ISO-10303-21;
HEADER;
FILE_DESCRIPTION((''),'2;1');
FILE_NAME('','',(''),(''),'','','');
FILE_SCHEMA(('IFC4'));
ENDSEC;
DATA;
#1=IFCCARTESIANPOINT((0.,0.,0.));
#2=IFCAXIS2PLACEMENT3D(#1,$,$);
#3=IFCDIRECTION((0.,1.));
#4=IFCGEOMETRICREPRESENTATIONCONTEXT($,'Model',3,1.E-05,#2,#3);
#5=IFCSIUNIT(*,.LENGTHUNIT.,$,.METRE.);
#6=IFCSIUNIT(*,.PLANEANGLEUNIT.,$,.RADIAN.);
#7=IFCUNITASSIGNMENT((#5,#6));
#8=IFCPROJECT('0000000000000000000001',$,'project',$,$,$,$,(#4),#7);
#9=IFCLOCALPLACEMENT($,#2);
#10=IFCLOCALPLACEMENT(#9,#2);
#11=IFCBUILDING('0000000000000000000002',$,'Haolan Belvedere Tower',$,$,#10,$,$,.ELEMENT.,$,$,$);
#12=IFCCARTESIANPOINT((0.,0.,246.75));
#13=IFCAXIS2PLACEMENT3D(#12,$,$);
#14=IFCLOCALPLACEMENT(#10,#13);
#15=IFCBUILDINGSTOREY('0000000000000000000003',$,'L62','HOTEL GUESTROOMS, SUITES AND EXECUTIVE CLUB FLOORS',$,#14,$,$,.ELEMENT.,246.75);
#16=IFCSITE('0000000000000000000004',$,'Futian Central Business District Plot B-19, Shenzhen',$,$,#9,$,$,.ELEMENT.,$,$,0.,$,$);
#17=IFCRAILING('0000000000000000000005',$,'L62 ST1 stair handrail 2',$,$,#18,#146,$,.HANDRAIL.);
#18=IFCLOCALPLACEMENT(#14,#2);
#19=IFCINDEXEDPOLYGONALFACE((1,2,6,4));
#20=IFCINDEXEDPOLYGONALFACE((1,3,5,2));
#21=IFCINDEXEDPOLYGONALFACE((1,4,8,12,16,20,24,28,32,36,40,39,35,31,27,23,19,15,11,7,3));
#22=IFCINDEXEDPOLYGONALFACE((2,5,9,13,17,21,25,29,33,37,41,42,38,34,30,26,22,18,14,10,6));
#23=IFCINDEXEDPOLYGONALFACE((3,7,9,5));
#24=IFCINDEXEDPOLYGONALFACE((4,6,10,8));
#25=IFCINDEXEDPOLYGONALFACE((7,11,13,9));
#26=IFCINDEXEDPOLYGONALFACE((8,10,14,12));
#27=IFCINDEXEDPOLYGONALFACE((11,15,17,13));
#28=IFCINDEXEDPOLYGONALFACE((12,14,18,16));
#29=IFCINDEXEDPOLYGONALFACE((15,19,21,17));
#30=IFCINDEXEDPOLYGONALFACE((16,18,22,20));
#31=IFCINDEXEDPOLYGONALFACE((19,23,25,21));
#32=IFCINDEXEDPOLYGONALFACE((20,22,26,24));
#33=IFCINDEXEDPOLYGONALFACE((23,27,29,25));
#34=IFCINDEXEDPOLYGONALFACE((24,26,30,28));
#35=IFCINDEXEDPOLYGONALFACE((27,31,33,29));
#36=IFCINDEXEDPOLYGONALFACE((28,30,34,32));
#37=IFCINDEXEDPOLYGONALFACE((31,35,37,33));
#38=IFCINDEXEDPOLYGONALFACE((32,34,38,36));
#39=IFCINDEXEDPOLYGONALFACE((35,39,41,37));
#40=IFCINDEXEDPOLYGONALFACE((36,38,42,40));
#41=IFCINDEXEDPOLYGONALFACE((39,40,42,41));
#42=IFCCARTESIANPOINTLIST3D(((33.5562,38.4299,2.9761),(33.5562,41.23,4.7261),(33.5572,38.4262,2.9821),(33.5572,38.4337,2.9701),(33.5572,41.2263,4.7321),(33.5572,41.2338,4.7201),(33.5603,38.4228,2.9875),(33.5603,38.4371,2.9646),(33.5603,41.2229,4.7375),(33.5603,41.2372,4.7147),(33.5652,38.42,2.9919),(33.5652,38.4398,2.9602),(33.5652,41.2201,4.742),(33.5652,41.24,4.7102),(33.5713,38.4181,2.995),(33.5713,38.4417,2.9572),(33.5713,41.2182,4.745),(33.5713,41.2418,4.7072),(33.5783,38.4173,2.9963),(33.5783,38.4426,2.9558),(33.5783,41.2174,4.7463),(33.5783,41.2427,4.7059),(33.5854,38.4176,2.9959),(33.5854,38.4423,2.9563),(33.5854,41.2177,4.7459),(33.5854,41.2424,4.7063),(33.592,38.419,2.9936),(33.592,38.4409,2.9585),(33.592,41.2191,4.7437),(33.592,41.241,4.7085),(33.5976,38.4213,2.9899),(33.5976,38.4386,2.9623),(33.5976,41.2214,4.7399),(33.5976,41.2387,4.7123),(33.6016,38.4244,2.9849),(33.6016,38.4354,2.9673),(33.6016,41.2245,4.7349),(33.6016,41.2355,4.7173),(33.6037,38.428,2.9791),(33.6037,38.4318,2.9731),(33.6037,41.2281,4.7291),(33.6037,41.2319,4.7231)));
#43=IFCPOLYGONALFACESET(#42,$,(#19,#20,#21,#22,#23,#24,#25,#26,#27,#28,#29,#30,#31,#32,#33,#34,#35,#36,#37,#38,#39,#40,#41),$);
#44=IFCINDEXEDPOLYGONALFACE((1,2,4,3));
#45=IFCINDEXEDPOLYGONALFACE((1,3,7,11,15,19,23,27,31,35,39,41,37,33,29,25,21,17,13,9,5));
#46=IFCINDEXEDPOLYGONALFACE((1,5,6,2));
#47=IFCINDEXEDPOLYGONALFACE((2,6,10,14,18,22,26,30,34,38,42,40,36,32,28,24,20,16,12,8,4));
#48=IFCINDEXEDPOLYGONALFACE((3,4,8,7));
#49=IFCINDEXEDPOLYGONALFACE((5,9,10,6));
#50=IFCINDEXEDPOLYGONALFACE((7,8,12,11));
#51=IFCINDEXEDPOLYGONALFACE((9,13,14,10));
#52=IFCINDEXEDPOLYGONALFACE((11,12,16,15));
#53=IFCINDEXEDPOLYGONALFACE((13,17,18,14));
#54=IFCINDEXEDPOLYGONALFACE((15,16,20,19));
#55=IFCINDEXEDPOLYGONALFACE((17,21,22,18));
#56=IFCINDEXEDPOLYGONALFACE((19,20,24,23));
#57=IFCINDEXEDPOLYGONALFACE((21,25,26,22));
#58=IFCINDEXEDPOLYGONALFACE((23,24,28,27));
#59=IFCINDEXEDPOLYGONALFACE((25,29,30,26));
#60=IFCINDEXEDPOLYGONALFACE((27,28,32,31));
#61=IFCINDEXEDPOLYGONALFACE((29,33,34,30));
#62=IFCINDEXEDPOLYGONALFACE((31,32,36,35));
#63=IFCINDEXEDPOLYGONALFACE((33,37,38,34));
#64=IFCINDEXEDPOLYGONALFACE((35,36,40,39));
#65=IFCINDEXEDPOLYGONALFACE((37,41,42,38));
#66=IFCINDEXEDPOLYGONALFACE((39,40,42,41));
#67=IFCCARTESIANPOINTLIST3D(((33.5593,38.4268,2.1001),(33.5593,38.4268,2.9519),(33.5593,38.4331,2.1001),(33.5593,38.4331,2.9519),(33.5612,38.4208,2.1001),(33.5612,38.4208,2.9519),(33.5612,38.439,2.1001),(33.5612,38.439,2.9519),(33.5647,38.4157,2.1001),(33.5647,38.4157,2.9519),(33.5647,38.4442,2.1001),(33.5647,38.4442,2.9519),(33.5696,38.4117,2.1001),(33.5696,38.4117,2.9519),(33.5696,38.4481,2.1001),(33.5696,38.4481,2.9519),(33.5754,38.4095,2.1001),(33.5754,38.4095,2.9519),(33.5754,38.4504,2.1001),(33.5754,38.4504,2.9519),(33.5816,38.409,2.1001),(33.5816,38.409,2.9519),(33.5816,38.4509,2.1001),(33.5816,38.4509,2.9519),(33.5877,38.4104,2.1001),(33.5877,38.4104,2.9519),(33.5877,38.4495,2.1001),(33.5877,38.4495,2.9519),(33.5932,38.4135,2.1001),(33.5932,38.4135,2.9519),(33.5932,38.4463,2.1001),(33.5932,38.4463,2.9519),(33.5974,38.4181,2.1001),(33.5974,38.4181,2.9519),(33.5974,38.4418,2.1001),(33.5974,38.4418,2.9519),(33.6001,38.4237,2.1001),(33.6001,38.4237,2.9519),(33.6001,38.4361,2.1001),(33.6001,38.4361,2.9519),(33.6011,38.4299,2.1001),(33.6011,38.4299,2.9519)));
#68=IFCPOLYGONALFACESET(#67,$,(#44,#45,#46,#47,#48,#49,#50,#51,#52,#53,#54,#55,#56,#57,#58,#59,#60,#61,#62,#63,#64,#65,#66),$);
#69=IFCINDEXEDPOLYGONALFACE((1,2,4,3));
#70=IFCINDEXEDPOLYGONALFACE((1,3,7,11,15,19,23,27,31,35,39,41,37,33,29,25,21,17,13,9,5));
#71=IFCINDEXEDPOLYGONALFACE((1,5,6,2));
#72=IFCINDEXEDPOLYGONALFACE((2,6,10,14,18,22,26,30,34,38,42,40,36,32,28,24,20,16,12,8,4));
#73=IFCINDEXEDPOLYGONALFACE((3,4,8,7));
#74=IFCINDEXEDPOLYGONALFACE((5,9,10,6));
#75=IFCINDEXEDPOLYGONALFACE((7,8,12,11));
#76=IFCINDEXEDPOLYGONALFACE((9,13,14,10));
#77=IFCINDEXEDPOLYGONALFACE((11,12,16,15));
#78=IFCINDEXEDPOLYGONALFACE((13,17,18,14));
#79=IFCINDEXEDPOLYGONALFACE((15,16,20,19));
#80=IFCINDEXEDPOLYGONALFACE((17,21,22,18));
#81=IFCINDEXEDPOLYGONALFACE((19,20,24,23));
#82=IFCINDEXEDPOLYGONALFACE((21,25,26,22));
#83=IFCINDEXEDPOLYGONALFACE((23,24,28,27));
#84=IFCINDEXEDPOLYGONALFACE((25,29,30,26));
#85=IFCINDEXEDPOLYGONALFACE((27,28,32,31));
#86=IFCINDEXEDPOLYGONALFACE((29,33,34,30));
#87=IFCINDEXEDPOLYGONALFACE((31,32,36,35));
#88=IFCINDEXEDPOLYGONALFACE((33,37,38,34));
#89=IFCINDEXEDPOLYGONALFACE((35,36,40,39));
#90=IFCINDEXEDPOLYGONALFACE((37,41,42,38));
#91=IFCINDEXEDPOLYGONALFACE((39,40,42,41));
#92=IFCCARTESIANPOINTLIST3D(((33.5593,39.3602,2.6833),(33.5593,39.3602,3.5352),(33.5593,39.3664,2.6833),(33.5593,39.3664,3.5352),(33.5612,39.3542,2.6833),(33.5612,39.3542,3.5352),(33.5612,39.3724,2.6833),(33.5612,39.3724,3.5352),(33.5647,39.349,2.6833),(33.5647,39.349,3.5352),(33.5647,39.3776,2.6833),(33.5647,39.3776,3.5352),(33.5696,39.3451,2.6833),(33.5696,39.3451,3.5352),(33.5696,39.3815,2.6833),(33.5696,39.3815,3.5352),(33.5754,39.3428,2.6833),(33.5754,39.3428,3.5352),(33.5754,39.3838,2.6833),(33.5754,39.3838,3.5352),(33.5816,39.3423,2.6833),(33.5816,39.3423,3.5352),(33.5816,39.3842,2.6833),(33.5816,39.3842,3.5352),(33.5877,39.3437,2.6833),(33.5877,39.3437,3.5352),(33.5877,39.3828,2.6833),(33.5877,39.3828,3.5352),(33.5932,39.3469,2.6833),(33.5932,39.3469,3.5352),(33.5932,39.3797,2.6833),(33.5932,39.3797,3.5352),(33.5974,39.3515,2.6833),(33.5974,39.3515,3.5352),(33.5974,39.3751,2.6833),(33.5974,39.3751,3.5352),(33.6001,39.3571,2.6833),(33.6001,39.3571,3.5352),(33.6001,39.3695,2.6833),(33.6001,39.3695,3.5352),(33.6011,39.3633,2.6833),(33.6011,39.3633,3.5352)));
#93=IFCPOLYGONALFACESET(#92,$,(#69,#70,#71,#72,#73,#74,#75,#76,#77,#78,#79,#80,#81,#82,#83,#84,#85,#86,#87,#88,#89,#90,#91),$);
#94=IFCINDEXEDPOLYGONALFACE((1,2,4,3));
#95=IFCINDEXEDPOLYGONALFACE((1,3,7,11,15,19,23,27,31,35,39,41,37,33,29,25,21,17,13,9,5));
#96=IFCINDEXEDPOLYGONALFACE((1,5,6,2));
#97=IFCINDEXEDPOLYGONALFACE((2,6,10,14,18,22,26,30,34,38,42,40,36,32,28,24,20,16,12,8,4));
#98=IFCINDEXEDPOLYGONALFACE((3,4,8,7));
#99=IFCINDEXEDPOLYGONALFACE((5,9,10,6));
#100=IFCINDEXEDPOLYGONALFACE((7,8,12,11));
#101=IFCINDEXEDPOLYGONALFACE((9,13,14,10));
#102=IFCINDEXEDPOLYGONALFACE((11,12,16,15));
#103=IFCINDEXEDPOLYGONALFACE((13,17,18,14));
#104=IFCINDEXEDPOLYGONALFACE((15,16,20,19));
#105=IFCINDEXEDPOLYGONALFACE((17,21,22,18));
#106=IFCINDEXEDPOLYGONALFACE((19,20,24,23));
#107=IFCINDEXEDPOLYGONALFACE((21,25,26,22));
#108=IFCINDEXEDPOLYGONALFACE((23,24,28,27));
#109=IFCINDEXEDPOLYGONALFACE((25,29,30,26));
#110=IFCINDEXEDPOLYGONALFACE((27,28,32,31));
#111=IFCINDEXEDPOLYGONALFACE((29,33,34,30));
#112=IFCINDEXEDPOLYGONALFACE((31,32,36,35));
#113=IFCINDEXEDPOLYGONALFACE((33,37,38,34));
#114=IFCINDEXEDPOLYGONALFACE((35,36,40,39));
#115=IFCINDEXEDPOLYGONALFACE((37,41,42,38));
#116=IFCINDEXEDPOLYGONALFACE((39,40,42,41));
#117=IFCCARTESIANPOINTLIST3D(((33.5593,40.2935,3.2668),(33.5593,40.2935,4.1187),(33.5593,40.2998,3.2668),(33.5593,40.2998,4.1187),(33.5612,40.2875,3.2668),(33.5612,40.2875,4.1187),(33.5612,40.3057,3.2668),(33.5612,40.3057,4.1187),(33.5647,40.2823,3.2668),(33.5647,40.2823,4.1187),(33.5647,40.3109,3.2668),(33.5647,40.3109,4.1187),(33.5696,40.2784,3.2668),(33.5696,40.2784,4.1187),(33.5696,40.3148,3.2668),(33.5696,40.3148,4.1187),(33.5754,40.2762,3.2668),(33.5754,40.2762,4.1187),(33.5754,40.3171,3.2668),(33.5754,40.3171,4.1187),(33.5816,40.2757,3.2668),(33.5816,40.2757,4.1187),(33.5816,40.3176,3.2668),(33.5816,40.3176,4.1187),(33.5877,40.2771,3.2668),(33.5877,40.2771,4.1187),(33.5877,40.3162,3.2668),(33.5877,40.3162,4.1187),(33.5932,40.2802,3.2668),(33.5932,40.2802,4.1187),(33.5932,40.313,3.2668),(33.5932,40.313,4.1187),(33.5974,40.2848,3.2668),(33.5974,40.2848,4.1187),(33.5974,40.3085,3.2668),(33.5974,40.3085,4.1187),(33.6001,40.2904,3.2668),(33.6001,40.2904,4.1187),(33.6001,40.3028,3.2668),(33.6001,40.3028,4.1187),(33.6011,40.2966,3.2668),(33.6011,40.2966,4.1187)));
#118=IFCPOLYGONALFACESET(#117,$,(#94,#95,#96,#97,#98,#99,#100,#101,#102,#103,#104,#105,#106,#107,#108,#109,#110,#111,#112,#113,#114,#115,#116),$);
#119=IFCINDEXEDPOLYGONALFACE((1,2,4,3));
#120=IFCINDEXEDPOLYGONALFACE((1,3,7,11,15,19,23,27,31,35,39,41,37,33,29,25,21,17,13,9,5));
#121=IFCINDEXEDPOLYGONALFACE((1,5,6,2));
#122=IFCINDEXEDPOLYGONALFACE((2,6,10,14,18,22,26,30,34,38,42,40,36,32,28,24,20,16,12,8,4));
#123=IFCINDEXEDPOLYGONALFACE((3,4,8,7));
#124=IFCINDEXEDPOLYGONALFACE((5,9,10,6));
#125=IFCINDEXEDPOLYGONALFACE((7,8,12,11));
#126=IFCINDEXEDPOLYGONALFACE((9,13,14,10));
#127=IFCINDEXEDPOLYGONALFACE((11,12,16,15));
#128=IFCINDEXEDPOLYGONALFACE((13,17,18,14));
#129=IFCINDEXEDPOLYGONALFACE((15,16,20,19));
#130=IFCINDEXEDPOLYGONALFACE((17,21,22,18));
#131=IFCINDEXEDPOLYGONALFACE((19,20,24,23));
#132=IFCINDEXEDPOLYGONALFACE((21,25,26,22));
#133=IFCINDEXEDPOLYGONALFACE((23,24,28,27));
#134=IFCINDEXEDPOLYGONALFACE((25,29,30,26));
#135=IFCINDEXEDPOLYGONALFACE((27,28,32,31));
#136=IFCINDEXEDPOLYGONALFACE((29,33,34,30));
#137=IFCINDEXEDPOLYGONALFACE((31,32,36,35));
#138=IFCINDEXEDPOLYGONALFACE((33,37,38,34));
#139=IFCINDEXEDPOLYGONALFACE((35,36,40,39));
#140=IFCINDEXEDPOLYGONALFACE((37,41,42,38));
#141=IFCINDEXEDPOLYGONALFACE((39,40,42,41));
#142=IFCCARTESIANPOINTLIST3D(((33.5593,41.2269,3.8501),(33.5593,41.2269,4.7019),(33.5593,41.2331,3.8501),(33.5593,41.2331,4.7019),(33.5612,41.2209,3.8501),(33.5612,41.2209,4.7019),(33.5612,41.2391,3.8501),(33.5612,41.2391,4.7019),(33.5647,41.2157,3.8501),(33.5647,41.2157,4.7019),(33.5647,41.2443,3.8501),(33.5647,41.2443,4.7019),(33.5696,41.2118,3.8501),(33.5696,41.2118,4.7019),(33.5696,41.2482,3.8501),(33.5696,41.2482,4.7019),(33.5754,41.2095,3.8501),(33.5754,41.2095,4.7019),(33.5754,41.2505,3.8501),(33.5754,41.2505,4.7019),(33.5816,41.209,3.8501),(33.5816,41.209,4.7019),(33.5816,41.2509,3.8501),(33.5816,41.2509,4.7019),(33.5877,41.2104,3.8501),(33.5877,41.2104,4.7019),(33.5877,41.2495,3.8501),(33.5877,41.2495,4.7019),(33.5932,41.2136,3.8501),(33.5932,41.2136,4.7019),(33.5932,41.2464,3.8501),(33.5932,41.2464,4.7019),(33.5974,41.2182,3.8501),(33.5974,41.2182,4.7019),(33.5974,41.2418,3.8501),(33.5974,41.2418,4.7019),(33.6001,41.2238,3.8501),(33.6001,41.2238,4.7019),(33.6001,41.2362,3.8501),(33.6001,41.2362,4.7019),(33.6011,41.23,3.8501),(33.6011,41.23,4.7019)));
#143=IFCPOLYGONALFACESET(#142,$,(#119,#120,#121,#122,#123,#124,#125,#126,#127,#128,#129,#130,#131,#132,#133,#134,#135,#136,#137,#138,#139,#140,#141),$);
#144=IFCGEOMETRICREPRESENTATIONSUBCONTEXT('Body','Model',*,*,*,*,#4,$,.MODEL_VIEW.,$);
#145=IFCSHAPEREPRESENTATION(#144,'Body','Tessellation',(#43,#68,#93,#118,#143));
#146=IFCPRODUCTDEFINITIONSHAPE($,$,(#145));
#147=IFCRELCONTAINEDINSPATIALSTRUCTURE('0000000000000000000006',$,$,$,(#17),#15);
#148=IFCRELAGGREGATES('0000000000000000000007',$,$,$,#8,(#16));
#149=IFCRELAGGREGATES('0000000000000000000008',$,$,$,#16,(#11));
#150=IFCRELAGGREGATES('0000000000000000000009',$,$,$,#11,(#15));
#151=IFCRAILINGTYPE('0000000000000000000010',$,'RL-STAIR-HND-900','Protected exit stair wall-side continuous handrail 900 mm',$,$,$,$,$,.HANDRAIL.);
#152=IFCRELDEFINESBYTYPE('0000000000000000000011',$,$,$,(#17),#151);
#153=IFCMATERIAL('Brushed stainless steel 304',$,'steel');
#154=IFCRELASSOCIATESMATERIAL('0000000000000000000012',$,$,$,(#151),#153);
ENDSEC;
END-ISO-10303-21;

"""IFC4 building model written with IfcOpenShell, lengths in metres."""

from ifc_helpers import new_model, si_unit, direction, frame, origin, origin_2d, place, context, subcontext, project, spatial, circle, extrude, material, type_object, element, save


model = new_model("IFC4")

# Units and contexts
model_context = context("Model", 3, precision=1e-05, world=origin(), true_north=direction((0.0, 1.0)))
body_context = subcontext(model_context, "Body", "Model", "MODEL_VIEW")
ifc_project = project(units=[si_unit("LENGTHUNIT", "METRE"), si_unit("PLANEANGLEUNIT", "RADIAN")], contexts=[model_context])

# Site, building, storey
site_placement = place(None, origin())
site = spatial("IfcSite", under=ifc_project, at=site_placement, Name="Futian Central Business District Plot B-19, Shenzhen", CompositionType="ELEMENT", RefElevation=0.0)
building_placement = place(site_placement, origin())
building = spatial("IfcBuilding", under=site, at=building_placement, Name="Haolan Belvedere Tower", CompositionType="ELEMENT")
storey_placement = place(building_placement, frame((0.0, 0.0, 246.75)))
storey = spatial("IfcBuildingStorey", under=building, at=storey_placement, Name="L62", Description="HOTEL GUESTROOMS, SUITES AND EXECUTIVE CLUB FLOORS", CompositionType="ELEMENT", Elevation=246.75)

# Railing
ifc_material_1 = material(Name="Brushed stainless steel 304", Category="steel")
railing_type_1 = type_object("IfcRailingType", Name="RL-STAIR-HND-900", Description="Protected exit stair wall-side continuous handrail 900 mm", PredefinedType="HANDRAIL", material=ifc_material_1)
for number, where, name in (
    (1, (33.5801, 38.4299, 2.1001), "L62 ST1 stair handrail 2"),
):
    element("IfcRailing", number, at=place(storey_placement, frame(where)), inside=storey, type_object=railing_type_1, Name=name, PredefinedType="HANDRAIL", context=body_context, shape_type="SweptSolid", body=[
        extrude(circle(Radius=0.0239, at=origin_2d()), frame((0.0, 0.0, 0.876), z_axis=(0.0, 0.848002, 0.529992), x_axis=(-1.0, 0.0, 0.0)), (0.0, 0.0, 1.0), 3.302),
        extrude(circle(Radius=0.021, at=origin_2d()), origin(), (0.0, 0.0, 1.0), 0.8518),
        extrude(circle(Radius=0.021, at=origin_2d()), frame((0.0, 0.9333, 0.5833)), (0.0, 0.0, 1.0), 0.8518),
        extrude(circle(Radius=0.021, at=origin_2d()), frame((0.0, 1.8667, 1.1667)), (0.0, 0.0, 1.0), 0.8518),
        extrude(circle(Radius=0.021, at=origin_2d()), frame((0.0, 2.8, 1.75)), (0.0, 0.0, 1.0), 0.8518),
    ])

save(model, "model.ifc")
